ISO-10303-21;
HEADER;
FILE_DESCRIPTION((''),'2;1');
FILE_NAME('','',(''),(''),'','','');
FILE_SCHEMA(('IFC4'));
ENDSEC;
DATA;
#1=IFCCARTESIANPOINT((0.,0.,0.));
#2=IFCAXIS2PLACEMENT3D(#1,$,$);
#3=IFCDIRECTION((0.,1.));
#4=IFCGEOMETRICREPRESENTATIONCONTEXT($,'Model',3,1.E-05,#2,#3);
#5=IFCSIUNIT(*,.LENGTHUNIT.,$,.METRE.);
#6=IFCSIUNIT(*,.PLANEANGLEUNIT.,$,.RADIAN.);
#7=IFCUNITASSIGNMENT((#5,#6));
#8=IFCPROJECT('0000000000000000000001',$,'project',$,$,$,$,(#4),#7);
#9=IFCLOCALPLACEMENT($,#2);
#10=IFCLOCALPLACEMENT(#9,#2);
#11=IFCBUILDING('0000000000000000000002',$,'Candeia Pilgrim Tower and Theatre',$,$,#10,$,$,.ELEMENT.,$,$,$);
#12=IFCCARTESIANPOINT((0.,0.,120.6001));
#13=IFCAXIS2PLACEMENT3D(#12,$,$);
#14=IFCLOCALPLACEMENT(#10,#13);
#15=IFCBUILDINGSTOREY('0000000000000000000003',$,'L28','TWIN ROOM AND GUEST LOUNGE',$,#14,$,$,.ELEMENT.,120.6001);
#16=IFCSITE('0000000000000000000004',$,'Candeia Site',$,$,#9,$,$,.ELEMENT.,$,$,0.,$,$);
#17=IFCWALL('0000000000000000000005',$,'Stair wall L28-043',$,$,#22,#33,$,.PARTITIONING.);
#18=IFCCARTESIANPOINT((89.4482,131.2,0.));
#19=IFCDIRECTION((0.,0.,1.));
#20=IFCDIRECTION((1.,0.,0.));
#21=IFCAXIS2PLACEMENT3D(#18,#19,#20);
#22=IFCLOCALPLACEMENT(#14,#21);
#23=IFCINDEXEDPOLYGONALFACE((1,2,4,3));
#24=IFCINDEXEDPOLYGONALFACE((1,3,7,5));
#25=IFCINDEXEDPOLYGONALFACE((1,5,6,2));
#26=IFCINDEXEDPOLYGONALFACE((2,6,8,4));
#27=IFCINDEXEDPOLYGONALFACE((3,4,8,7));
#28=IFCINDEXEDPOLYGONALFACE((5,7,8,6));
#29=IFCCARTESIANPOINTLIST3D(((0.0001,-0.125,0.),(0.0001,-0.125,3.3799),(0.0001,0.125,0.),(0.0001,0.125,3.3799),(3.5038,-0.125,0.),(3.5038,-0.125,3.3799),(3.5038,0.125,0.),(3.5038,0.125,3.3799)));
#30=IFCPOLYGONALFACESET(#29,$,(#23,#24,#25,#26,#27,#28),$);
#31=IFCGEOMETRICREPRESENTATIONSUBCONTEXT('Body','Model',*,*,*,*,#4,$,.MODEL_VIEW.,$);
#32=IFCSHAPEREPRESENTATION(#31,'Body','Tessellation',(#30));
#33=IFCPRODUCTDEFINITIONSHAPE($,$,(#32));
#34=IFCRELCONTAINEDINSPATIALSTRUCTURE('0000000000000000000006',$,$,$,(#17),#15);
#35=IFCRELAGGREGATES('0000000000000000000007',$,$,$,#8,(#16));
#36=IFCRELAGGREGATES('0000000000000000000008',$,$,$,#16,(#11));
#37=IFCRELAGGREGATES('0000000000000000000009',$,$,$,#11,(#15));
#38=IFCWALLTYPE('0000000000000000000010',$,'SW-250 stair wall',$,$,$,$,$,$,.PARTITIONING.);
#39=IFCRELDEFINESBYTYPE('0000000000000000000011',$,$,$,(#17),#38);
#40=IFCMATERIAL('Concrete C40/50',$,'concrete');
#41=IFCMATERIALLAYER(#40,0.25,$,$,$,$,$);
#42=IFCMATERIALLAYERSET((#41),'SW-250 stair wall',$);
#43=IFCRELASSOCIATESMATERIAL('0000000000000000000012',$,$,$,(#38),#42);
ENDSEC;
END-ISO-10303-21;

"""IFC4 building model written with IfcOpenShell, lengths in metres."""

from ifc_helpers import new_model, si_unit, direction, frame, frame_2d, origin, place, context, subcontext, project, spatial, rectangle, extrude, material, layer, layer_set, type_object, element, save


model = new_model("IFC4")

# Units and contexts
model_context = context("Model", 3, precision=1e-05, world=origin(), true_north=direction((0.0, 1.0)))
body_context = subcontext(model_context, "Body", "Model", "MODEL_VIEW")
ifc_project = project(units=[si_unit("LENGTHUNIT", "METRE"), si_unit("PLANEANGLEUNIT", "RADIAN")], contexts=[model_context])

# Site, building, storey
site_placement = place(None, origin())
site = spatial("IfcSite", under=ifc_project, at=site_placement, Name="Candeia Site", CompositionType="ELEMENT", RefElevation=0.0)
building_placement = place(site_placement, origin())
building = spatial("IfcBuilding", under=site, at=building_placement, Name="Candeia Pilgrim Tower and Theatre", CompositionType="ELEMENT")
storey_placement = place(building_placement, frame((0.0, 0.0, 120.6001)))
storey = spatial("IfcBuildingStorey", under=building, at=storey_placement, Name="L28", Description="TWIN ROOM AND GUEST LOUNGE", CompositionType="ELEMENT", Elevation=120.6001)

# Wall
ifc_material_1 = material(Name="Concrete C40/50", Category="concrete")
ifc_layer_1 = layer(ifc_material_1, 0.25)
ifc_layer_set_1 = layer_set([ifc_layer_1], Name="SW-250 stair wall")
wall_type_1 = type_object("IfcWallType", Name="SW-250 stair wall", PredefinedType="PARTITIONING", material=ifc_layer_set_1)
wall_1_placement = place(storey_placement, frame((89.4482, 131.2, 0.0), z_axis=(0.0, 0.0, 1.0), x_axis=(1.0, 0.0, 0.0)))
element("IfcWall", 1, at=wall_1_placement, inside=storey, type_object=wall_type_1, Name="Stair wall L28-043", PredefinedType="PARTITIONING", context=body_context, shape_type="SweptSolid", body=[
    extrude(rectangle(XDim=3.5037, YDim=0.25, at=frame_2d((1.752, 0.0))), origin(), (0.0, 0.0, 1.0), 3.3799),
])

save(model, "model.ifc")
